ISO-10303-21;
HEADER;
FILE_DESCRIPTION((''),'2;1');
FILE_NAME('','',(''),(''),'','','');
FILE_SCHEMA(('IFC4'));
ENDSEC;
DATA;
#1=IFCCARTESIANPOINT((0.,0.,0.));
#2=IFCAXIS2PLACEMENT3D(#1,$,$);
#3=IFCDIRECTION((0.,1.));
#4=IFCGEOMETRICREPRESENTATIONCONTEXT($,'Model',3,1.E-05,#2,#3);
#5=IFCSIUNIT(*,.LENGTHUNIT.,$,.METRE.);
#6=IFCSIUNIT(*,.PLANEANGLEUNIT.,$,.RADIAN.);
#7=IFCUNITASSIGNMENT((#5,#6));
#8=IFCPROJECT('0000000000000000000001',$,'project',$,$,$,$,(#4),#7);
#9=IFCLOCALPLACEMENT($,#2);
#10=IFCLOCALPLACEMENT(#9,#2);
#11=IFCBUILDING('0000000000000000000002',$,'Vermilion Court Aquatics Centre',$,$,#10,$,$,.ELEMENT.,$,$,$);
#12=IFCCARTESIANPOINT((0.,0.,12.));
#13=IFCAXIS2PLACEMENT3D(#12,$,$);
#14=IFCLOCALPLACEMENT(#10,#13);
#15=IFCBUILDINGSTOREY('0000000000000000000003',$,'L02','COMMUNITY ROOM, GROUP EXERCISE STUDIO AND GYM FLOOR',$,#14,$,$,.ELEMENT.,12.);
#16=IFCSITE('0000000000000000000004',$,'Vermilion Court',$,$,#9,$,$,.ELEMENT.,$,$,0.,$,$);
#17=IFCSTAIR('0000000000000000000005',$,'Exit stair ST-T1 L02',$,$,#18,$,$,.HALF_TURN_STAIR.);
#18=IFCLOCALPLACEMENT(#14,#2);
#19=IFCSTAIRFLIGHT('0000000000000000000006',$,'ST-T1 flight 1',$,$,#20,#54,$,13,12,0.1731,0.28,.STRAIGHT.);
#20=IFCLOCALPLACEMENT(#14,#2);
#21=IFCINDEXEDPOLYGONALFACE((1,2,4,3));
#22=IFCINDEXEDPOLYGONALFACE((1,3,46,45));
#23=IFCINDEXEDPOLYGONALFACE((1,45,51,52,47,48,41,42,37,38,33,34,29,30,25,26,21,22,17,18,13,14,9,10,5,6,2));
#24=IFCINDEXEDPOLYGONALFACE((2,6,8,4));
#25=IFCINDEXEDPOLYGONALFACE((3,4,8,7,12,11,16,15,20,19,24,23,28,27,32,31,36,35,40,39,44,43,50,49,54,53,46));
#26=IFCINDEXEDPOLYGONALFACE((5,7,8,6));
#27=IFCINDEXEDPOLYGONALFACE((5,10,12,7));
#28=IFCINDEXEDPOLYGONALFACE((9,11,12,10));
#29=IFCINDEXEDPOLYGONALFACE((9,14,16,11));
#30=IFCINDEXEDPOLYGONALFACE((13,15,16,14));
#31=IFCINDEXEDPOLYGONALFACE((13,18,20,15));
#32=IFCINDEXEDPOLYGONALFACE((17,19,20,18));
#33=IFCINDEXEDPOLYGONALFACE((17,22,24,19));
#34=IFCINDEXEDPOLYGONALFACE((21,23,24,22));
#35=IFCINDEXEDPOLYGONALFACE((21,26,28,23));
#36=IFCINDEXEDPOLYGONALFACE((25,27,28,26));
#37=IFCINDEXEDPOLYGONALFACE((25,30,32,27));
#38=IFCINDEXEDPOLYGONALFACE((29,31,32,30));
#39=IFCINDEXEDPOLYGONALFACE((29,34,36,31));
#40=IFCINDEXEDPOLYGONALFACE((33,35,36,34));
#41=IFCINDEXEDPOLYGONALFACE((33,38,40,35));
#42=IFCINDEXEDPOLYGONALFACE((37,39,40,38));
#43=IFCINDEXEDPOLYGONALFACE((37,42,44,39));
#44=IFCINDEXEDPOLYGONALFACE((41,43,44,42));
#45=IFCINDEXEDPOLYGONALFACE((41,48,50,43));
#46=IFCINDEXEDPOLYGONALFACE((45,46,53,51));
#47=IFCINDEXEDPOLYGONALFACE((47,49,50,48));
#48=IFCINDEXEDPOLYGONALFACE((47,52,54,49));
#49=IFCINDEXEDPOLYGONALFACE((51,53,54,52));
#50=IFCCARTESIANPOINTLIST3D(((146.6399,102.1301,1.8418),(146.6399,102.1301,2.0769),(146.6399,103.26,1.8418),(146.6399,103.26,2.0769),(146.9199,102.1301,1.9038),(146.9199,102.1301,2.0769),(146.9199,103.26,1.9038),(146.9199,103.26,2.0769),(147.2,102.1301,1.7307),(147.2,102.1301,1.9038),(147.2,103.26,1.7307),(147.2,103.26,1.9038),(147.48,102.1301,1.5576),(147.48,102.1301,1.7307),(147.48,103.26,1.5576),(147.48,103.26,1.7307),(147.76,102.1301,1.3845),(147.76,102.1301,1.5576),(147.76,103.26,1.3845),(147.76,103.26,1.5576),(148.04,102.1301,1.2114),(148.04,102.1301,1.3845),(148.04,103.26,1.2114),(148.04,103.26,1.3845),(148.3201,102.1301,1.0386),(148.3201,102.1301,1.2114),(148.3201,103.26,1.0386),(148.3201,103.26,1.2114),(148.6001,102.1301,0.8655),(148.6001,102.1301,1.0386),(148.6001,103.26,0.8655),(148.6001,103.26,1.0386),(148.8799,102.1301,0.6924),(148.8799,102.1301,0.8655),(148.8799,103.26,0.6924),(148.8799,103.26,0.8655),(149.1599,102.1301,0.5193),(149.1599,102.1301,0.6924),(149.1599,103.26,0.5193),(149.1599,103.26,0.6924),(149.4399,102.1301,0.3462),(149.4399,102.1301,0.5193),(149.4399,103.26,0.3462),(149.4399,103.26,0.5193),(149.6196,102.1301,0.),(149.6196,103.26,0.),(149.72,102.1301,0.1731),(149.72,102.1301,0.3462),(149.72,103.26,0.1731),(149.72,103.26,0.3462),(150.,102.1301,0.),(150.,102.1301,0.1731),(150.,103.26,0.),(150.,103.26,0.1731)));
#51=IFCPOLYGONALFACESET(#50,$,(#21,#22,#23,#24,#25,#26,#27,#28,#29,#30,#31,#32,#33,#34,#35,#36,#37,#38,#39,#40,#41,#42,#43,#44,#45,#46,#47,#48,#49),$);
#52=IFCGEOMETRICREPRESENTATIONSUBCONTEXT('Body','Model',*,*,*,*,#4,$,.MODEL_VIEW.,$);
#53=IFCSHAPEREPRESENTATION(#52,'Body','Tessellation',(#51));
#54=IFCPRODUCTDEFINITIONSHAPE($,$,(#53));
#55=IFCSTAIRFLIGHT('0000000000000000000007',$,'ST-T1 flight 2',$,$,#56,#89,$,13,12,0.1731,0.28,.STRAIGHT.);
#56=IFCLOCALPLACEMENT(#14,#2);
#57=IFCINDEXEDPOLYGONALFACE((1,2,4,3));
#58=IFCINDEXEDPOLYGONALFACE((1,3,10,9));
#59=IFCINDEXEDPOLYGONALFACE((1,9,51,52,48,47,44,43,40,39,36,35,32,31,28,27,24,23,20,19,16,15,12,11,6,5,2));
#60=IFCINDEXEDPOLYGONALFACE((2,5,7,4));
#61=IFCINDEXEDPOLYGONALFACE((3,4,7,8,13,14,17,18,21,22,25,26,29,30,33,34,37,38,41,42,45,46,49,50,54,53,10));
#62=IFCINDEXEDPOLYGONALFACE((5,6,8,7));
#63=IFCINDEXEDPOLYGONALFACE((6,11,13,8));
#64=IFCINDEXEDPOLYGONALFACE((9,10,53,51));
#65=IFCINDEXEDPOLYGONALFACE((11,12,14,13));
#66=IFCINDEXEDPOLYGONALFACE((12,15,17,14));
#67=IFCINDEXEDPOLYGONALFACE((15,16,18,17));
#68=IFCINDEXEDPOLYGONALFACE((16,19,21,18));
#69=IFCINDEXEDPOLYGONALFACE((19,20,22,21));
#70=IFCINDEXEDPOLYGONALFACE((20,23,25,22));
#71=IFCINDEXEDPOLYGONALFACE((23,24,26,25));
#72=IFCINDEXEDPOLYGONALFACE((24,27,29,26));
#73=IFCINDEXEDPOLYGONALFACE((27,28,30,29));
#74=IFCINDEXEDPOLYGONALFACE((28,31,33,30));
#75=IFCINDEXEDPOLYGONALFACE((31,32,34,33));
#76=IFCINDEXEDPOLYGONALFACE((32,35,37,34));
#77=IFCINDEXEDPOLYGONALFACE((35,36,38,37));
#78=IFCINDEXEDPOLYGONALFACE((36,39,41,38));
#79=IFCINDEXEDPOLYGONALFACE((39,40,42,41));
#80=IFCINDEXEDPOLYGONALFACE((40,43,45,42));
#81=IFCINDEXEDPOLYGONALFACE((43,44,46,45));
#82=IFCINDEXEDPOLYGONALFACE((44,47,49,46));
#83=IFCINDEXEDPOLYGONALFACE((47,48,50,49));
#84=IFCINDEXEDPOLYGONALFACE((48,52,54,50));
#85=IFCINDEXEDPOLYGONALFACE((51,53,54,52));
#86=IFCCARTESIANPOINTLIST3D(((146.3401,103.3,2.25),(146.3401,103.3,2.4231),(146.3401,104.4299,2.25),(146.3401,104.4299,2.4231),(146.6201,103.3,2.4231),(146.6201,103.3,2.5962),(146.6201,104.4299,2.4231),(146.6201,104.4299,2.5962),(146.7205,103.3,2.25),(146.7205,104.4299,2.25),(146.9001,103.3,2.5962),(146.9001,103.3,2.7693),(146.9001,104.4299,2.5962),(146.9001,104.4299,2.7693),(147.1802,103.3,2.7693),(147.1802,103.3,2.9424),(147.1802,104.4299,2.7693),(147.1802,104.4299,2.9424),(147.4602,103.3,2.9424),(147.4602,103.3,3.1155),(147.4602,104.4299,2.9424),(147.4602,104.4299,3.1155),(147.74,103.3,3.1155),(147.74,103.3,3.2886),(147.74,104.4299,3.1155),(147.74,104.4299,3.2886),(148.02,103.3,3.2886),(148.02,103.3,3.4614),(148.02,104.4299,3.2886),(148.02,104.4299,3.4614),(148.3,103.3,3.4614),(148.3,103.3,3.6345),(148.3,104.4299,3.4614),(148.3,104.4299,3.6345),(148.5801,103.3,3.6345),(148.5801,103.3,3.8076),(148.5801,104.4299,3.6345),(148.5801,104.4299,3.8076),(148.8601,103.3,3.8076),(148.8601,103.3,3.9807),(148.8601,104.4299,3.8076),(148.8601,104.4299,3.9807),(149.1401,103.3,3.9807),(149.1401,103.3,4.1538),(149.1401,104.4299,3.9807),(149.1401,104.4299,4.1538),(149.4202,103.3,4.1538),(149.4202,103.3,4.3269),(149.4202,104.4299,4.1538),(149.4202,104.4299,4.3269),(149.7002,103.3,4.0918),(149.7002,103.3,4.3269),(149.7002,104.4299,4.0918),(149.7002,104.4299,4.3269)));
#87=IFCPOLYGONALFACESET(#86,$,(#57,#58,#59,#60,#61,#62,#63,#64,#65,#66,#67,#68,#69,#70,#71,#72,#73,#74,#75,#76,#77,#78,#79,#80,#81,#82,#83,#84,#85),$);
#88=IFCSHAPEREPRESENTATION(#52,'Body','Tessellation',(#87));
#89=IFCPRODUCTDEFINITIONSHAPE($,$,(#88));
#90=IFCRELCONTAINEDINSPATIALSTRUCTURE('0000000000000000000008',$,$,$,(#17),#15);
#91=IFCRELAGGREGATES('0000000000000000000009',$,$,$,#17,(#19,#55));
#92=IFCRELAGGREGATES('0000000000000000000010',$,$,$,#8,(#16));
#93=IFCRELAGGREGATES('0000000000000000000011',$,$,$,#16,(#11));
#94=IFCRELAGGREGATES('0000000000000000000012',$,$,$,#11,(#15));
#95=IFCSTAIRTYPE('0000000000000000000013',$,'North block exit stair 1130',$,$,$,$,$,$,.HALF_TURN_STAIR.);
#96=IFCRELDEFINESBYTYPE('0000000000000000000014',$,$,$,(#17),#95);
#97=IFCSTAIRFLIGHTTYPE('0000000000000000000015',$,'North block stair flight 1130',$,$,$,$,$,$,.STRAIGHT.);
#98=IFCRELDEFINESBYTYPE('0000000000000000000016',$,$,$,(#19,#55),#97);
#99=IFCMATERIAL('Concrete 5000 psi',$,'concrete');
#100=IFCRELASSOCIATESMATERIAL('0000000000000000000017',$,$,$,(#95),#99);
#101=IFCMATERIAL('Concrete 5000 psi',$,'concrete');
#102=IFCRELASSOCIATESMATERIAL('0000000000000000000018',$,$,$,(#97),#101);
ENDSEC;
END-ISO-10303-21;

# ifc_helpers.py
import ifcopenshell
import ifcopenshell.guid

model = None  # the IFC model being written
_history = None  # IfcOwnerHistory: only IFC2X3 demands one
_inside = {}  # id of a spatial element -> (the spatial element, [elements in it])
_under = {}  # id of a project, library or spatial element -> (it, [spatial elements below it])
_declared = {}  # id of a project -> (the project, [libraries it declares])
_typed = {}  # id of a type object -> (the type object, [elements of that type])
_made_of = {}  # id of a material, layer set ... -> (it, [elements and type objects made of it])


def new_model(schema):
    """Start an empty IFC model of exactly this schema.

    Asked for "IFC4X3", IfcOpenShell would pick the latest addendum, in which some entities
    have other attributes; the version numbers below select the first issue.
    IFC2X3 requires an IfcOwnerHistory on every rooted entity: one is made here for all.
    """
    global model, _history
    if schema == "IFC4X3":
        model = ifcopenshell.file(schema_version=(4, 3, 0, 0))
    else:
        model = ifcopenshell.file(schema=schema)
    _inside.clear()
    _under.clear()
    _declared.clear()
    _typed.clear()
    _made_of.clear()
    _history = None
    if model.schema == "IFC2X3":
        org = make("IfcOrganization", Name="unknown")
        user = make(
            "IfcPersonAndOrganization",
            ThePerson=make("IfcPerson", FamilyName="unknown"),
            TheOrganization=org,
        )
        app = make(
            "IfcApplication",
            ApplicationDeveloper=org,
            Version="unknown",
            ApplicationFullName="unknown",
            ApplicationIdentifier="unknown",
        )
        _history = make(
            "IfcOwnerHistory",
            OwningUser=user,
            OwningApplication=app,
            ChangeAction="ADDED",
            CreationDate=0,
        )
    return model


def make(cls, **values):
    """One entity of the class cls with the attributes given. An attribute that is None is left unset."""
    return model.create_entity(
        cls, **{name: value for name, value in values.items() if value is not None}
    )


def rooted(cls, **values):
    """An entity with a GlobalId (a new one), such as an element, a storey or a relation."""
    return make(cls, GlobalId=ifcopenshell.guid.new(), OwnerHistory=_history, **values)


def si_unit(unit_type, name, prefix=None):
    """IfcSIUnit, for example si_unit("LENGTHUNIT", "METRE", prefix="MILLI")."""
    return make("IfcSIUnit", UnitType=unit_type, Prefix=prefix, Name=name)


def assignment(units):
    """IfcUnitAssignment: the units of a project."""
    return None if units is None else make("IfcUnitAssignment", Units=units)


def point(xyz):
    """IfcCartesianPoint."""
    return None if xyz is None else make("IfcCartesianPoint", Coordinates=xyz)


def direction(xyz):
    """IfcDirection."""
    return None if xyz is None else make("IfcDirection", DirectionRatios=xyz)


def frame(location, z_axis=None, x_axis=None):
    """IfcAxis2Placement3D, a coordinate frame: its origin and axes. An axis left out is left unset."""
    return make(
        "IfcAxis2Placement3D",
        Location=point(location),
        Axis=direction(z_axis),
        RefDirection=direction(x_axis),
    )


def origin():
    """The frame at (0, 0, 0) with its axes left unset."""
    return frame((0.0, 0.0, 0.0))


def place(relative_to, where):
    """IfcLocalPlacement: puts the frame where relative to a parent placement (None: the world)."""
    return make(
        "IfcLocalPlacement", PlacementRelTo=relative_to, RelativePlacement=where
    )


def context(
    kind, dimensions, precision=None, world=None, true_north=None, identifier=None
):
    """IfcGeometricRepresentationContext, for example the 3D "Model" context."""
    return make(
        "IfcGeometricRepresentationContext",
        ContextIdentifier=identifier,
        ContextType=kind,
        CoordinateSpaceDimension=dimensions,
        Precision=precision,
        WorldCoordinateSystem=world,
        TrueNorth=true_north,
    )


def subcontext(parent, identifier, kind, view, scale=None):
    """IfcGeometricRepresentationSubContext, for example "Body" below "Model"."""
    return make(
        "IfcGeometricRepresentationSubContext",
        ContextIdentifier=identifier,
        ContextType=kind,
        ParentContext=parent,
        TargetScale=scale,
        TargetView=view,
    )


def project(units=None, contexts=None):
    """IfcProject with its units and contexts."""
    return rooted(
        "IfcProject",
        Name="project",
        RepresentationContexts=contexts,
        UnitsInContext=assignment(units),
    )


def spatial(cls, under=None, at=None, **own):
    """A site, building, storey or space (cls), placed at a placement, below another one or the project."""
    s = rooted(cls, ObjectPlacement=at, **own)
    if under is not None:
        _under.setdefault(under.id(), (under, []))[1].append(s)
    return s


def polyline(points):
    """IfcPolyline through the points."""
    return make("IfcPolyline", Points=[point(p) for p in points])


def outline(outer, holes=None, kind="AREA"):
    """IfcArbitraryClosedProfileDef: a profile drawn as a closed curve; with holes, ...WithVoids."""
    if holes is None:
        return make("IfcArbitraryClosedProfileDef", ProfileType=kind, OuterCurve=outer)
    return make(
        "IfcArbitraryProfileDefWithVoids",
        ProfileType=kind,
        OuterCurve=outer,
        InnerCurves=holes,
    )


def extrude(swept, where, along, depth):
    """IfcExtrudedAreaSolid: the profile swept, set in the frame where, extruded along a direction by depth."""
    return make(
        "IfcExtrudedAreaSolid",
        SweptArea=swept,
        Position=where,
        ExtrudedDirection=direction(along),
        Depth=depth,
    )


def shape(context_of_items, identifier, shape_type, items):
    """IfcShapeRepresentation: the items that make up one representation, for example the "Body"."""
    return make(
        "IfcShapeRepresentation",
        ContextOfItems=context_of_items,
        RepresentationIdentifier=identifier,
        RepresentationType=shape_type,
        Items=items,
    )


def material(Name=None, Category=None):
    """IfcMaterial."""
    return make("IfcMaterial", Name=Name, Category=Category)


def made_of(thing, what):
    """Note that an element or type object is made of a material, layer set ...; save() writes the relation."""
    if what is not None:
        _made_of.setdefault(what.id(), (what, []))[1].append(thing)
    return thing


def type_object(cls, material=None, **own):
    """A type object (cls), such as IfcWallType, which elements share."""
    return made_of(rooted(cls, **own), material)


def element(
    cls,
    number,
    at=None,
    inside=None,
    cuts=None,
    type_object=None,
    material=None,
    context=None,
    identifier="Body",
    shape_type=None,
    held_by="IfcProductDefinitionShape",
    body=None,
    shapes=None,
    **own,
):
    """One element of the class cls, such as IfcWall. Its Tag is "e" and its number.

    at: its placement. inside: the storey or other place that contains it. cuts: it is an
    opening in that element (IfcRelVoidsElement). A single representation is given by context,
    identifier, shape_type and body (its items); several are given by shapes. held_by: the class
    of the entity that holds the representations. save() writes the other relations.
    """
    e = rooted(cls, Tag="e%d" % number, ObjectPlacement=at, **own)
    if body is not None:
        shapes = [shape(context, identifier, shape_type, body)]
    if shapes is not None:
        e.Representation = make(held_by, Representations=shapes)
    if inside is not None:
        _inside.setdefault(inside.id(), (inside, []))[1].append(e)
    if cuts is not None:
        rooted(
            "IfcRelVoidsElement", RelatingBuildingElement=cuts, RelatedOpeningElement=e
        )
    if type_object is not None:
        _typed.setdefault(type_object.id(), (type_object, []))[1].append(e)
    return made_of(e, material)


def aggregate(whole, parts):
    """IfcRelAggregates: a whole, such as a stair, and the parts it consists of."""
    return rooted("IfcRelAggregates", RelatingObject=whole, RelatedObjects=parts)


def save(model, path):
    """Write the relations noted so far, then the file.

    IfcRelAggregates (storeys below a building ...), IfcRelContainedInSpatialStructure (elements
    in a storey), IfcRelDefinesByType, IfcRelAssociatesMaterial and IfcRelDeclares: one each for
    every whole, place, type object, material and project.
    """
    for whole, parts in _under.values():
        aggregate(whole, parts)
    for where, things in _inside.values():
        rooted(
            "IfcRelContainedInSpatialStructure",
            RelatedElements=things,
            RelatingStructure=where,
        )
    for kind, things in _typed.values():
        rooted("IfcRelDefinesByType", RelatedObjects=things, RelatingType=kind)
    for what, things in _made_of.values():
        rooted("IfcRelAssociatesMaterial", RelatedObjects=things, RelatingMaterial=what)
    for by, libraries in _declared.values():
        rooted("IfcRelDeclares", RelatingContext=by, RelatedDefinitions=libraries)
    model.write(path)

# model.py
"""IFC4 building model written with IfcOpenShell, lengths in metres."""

from ifc_helpers import new_model, si_unit, direction, frame, origin, place, context, subcontext, project, spatial, polyline, outline, extrude, material, type_object, element, aggregate, save


model = new_model("IFC4")

# Units and contexts
model_context = context("Model", 3, precision=1e-05, world=origin(), true_north=direction((0.0, 1.0)))
body_context = subcontext(model_context, "Body", "Model", "MODEL_VIEW")
ifc_project = project(units=[si_unit("LENGTHUNIT", "METRE"), si_unit("PLANEANGLEUNIT", "RADIAN")], contexts=[model_context])

# Site, building, storey
site_placement = place(None, origin())
site = spatial("IfcSite", under=ifc_project, at=site_placement, Name="Vermilion Court", CompositionType="ELEMENT", RefElevation=0.0)
building_placement = place(site_placement, origin())
building = spatial("IfcBuilding", under=site, at=building_placement, Name="Vermilion Court Aquatics Centre", CompositionType="ELEMENT")
storey_placement = place(building_placement, frame((0.0, 0.0, 12.0)))
storey = spatial("IfcBuildingStorey", under=building, at=storey_placement, Name="L02", Description="COMMUNITY ROOM, GROUP EXERCISE STUDIO AND GYM FLOOR", CompositionType="ELEMENT", Elevation=12.0)

# Stair, stair flights
ifc_material_1 = material(Name="Concrete 5000 psi", Category="concrete")
stair_type = type_object("IfcStairType", Name="North block exit stair 1130", PredefinedType="HALF_TURN_STAIR", material=ifc_material_1)
stair_placement = place(storey_placement, origin())
stair = element("IfcStair", 1, at=stair_placement, inside=storey, type_object=stair_type, Name="Exit stair ST-T1 L02", PredefinedType="HALF_TURN_STAIR")
ifc_material_2 = material(Name="Concrete 5000 psi", Category="concrete")
stair_flight_type = type_object("IfcStairFlightType", Name="North block stair flight 1130", PredefinedType="STRAIGHT", material=ifc_material_2)
stair_flight_1_placement = place(storey_placement, frame((150.0, 102.6951, 0.0), z_axis=(0.0, 0.0, 1.0), x_axis=(-1.0, 0.0, 0.0)))
stair_flight_1 = element("IfcStairFlight", 2, at=stair_flight_1_placement, type_object=stair_flight_type, Name="ST-T1 flight 1", NumberOfRisers=13, NumberOfTreads=12, PredefinedType="STRAIGHT", RiserHeight=0.1731, TreadLength=0.28, context=body_context, shape_type="SweptSolid", body=[
    extrude(outline(polyline([(0.0, 0.0), (0.0, 0.1731), (0.28, 0.1731), (0.28, 0.3462), (0.5601, 0.3462), (0.5601, 0.5193), (0.8401, 0.5193), (0.8401, 0.6924), (1.1201, 0.6924), (1.1201, 0.8655), (1.3999, 0.8655), (1.3999, 1.0386), (1.6799, 1.0386), (1.6799, 1.2114), (1.96, 1.2114), (1.96, 1.3845), (2.24, 1.3845), (2.24, 1.5576), (2.52, 1.5576), (2.52, 1.7307), (2.8, 1.7307), (2.8, 1.9038), (3.0801, 1.9038), (3.0801, 2.0769), (3.3601, 2.0769), (3.3601, 2.25), (3.3601, 1.8418), (0.3804, 0.0), (0.0, 0.0)])), frame((0.0, 0.5649, 0.0), z_axis=(0.0, -1.0, 0.0), x_axis=(1.0, 0.0, 0.0)), (0.0, 0.0, 1.0), 1.1299),
])
stair_flight_2_placement = place(storey_placement, frame((146.3401, 103.865, 2.25), z_axis=(0.0, 0.0, 1.0), x_axis=(1.0, 0.0, 0.0)))
stair_flight_2 = element("IfcStairFlight", 3, at=stair_flight_2_placement, type_object=stair_flight_type, Name="ST-T1 flight 2", NumberOfRisers=13, NumberOfTreads=12, PredefinedType="STRAIGHT", RiserHeight=0.1731, TreadLength=0.28, context=body_context, shape_type="SweptSolid", body=[
    extrude(outline(polyline([(0.0, 0.0), (0.0, 0.1731), (0.28, 0.1731), (0.28, 0.3462), (0.5601, 0.3462), (0.5601, 0.5193), (0.8401, 0.5193), (0.8401, 0.6924), (1.1201, 0.6924), (1.1201, 0.8655), (1.3999, 0.8655), (1.3999, 1.0386), (1.6799, 1.0386), (1.6799, 1.2114), (1.96, 1.2114), (1.96, 1.3845), (2.24, 1.3845), (2.24, 1.5576), (2.52, 1.5576), (2.52, 1.7307), (2.8, 1.7307), (2.8, 1.9038), (3.0801, 1.9038), (3.0801, 2.0769), (3.3601, 2.0769), (3.3601, 2.25), (3.3601, 1.8418), (0.3804, 0.0), (0.0, 0.0)])), frame((0.0, 0.5649, 0.0), z_axis=(0.0, -1.0, 0.0), x_axis=(1.0, 0.0, 0.0)), (0.0, 0.0, 1.0), 1.1299),
])
aggregate(stair, [stair_flight_1, stair_flight_2])

save(model, "model.ifc")
